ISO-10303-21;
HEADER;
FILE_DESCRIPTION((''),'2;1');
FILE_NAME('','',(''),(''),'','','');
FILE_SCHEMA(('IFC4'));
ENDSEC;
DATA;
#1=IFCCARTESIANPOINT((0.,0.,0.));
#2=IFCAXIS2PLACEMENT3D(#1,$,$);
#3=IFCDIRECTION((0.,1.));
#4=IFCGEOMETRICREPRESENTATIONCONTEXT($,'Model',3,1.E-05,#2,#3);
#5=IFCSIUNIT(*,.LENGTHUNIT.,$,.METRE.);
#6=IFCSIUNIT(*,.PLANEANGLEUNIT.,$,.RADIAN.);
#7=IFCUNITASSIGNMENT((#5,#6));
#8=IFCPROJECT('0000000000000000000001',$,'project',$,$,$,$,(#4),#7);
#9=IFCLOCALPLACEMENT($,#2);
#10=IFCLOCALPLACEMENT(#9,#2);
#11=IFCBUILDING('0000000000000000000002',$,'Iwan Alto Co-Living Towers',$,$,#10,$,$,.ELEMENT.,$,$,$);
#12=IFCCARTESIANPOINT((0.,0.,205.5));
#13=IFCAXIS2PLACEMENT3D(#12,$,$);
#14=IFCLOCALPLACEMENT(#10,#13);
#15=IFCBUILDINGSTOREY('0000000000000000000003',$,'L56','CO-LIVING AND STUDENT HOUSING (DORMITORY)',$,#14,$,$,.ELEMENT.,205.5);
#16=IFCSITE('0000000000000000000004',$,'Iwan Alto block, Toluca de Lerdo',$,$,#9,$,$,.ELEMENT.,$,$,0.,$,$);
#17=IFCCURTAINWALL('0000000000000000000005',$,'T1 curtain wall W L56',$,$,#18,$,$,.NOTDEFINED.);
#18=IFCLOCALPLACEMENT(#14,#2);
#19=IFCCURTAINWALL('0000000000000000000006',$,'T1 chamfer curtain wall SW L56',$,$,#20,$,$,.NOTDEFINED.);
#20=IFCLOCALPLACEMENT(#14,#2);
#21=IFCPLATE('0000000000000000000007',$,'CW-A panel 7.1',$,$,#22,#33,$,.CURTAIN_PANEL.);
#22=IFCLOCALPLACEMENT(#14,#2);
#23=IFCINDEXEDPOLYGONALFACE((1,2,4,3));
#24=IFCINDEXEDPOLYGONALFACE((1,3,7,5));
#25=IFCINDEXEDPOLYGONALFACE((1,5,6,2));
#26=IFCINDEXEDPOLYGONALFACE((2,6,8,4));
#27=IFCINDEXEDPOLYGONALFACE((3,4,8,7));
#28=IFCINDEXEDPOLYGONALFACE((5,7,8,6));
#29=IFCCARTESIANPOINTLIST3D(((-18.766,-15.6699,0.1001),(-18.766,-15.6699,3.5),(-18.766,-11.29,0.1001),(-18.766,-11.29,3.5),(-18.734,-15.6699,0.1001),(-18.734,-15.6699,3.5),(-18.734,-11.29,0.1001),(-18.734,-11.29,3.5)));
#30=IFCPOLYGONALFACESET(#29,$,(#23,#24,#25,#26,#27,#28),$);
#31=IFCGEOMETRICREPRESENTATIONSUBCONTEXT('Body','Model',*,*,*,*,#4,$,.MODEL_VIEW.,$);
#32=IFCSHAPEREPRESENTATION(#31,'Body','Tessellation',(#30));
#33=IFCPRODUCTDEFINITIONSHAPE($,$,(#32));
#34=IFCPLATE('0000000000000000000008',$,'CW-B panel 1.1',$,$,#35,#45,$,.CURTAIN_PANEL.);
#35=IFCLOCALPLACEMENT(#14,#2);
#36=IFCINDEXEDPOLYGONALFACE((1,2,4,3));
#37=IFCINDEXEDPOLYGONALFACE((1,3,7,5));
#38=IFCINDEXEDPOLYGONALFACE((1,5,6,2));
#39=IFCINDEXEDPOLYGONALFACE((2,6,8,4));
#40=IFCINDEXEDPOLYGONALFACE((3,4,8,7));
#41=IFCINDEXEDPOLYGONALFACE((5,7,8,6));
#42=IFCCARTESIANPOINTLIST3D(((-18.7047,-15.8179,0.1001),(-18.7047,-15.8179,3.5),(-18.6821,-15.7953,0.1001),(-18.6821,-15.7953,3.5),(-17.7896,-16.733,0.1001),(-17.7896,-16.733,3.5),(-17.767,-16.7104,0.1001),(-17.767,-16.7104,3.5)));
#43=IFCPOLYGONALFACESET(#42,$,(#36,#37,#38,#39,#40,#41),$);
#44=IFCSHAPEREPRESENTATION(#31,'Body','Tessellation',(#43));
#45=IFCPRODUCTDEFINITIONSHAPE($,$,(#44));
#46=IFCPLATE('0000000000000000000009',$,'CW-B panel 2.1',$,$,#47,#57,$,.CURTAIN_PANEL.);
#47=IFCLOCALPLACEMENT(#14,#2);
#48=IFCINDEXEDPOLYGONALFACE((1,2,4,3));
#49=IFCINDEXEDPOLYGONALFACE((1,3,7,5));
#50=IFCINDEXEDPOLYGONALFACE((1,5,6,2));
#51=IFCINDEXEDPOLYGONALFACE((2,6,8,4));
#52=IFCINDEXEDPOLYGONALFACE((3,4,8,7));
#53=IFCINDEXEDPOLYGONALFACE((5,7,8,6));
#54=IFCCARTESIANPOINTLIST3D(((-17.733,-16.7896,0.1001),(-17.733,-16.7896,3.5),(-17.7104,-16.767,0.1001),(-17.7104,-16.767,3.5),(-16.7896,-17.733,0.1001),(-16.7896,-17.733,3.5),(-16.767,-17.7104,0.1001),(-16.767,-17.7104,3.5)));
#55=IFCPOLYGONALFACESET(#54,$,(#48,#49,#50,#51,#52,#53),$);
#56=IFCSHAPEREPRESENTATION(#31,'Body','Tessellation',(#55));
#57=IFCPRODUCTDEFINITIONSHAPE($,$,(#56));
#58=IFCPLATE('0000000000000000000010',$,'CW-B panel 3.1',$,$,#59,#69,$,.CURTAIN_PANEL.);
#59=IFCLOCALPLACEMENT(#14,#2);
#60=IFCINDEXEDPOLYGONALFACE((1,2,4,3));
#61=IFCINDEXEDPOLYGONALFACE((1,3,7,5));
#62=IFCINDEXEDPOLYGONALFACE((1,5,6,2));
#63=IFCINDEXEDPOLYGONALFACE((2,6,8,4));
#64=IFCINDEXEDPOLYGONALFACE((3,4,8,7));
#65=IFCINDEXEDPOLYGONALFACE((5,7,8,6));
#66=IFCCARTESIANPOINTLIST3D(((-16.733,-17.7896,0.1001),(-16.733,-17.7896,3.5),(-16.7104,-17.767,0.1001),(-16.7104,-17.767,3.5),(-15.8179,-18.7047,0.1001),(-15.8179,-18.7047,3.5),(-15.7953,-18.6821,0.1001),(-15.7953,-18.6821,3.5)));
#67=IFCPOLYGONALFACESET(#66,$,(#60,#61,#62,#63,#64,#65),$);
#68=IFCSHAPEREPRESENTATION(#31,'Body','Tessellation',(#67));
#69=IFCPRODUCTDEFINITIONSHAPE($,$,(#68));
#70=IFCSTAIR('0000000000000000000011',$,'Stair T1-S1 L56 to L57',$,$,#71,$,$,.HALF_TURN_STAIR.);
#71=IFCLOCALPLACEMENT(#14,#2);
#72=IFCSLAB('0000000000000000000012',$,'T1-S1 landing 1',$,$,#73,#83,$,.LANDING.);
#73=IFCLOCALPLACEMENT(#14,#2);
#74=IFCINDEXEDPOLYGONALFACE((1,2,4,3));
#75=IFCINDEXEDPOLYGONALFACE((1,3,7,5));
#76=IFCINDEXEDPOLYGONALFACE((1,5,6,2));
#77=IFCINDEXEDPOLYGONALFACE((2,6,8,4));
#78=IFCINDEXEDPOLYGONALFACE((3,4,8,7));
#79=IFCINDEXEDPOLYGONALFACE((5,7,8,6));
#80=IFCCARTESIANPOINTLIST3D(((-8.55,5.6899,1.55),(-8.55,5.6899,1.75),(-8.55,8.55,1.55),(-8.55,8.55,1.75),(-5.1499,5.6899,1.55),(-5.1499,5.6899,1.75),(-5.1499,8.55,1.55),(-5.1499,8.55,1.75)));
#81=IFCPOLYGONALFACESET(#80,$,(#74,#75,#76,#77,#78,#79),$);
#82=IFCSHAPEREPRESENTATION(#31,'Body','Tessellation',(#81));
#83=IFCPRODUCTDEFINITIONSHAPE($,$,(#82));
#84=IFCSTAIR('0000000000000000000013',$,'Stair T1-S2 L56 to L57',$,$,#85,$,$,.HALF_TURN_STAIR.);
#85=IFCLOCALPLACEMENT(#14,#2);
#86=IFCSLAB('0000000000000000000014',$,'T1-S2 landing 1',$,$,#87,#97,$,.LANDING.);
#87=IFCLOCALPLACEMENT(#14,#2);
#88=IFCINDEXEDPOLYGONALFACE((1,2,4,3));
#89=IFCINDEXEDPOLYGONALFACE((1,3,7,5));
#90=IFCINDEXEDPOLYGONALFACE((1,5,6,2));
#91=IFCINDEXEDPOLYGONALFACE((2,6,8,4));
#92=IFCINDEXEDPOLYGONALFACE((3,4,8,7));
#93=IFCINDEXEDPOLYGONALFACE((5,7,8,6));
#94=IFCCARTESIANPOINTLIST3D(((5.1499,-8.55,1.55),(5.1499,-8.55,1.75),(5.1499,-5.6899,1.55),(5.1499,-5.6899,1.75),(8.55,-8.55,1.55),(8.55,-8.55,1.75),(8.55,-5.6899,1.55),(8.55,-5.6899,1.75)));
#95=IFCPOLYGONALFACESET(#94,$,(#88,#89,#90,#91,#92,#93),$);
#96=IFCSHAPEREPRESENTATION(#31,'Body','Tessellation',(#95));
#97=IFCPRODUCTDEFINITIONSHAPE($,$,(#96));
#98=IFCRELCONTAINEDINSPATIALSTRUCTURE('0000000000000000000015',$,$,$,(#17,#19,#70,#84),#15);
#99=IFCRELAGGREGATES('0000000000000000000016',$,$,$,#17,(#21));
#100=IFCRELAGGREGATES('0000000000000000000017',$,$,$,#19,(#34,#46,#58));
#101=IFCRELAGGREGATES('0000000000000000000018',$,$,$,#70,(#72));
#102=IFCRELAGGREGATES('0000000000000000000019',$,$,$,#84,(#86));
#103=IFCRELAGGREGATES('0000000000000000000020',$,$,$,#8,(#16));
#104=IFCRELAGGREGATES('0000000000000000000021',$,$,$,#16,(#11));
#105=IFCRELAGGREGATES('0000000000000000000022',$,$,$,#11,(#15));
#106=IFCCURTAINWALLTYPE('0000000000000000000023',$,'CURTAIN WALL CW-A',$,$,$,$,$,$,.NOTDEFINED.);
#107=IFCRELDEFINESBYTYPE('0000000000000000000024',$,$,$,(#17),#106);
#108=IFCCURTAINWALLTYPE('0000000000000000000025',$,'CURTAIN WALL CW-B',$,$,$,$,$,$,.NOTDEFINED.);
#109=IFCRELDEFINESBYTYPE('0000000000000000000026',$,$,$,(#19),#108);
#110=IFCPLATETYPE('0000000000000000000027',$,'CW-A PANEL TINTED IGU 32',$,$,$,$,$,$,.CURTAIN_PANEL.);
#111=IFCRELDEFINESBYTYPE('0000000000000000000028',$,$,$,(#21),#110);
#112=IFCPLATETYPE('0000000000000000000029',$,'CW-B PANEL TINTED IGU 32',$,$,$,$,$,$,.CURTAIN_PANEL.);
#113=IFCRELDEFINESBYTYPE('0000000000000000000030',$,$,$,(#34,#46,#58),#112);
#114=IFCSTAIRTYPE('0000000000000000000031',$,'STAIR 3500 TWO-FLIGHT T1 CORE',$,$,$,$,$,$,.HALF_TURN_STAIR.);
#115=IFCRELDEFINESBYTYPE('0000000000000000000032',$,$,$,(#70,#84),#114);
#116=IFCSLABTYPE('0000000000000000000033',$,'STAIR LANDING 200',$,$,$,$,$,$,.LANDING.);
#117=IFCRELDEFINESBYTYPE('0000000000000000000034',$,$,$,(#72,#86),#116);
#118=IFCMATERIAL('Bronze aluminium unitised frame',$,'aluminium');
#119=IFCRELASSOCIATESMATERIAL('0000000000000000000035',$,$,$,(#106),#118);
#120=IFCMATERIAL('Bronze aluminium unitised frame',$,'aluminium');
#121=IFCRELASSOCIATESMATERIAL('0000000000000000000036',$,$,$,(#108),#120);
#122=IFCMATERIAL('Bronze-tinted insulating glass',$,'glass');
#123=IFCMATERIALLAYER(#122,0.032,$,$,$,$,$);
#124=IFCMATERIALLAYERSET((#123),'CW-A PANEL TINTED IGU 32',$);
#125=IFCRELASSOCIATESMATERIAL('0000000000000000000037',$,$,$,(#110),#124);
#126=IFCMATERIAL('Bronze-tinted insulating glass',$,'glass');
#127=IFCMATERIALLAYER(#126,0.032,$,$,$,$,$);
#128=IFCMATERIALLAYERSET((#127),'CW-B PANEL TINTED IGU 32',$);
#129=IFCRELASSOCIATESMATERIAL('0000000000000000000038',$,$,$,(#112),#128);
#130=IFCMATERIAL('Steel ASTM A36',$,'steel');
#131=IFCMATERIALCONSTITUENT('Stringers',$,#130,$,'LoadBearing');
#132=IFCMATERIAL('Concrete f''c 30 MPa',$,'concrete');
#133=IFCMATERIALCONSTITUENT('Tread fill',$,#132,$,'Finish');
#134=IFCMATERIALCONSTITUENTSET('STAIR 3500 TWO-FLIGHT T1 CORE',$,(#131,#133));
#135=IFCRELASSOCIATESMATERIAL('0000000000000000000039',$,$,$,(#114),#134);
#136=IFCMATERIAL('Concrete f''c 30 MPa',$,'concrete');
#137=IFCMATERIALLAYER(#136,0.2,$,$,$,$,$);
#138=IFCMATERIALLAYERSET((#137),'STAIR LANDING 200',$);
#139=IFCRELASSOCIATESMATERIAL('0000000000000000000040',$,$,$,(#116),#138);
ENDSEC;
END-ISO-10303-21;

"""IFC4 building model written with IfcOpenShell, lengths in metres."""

from ifc_helpers import new_model, si_unit, direction, frame, origin, origin_2d, place, context, subcontext, project, spatial, polyline, rectangle, outline, extrude, material, layer, layer_set, constituent, constituent_set, type_object, element, aggregate, save


model = new_model("IFC4")

# Units and contexts
model_context = context("Model", 3, precision=1e-05, world=origin(), true_north=direction((0.0, 1.0)))
body_context = subcontext(model_context, "Body", "Model", "MODEL_VIEW")
ifc_project = project(units=[si_unit("LENGTHUNIT", "METRE"), si_unit("PLANEANGLEUNIT", "RADIAN")], contexts=[model_context])

# Site, building, storey
site_placement = place(None, origin())
site = spatial("IfcSite", under=ifc_project, at=site_placement, Name="Iwan Alto block, Toluca de Lerdo", CompositionType="ELEMENT", RefElevation=0.0)
building_placement = place(site_placement, origin())
building = spatial("IfcBuilding", under=site, at=building_placement, Name="Iwan Alto Co-Living Towers", CompositionType="ELEMENT")
storey_placement = place(building_placement, frame((0.0, 0.0, 205.5)))
storey = spatial("IfcBuildingStorey", under=building, at=storey_placement, Name="L56", Description="CO-LIVING AND STUDENT HOUSING (DORMITORY)", CompositionType="ELEMENT", Elevation=205.5)

# Curtain walls
ifc_material_1 = material(Name="Bronze aluminium unitised frame", Category="aluminium")
curtain_wall_type_1 = type_object("IfcCurtainWallType", Name="CURTAIN WALL CW-A", PredefinedType="NOTDEFINED", material=ifc_material_1)
curtain_wall_1_placement = place(storey_placement, origin())
curtain_wall_1 = element("IfcCurtainWall", 1, at=curtain_wall_1_placement, inside=storey, type_object=curtain_wall_type_1, Name="T1 curtain wall W L56", PredefinedType="NOTDEFINED")
ifc_material_2 = material(Name="Bronze aluminium unitised frame", Category="aluminium")
curtain_wall_type_2 = type_object("IfcCurtainWallType", Name="CURTAIN WALL CW-B", PredefinedType="NOTDEFINED", material=ifc_material_2)
curtain_wall_2_placement = place(storey_placement, origin())
curtain_wall_2 = element("IfcCurtainWall", 2, at=curtain_wall_2_placement, inside=storey, type_object=curtain_wall_type_2, Name="T1 chamfer curtain wall SW L56", PredefinedType="NOTDEFINED")

# Plates
ifc_material_3 = material(Name="Bronze-tinted insulating glass", Category="glass")
ifc_layer_1 = layer(ifc_material_3, 0.032)
ifc_layer_set_1 = layer_set([ifc_layer_1], Name="CW-A PANEL TINTED IGU 32")
plate_type_1 = type_object("IfcPlateType", Name="CW-A PANEL TINTED IGU 32", PredefinedType="CURTAIN_PANEL", material=ifc_layer_set_1)
plate_1_placement = place(storey_placement, frame((-18.75, -13.48, 0.1001), z_axis=(0.0, 0.0, 1.0), x_axis=(0.0, -1.0, 0.0)))
plate_1 = element("IfcPlate", 3, at=plate_1_placement, type_object=plate_type_1, Name="CW-A panel 7.1", PredefinedType="CURTAIN_PANEL", context=body_context, shape_type="SweptSolid", body=[
    extrude(rectangle(XDim=4.3799, YDim=0.032, at=origin_2d()), origin(), (0.0, 0.0, 1.0), 3.3999),
])
aggregate(curtain_wall_1, [plate_1])
ifc_material_4 = material(Name="Bronze-tinted insulating glass", Category="glass")
ifc_layer_2 = layer(ifc_material_4, 0.032)
ifc_layer_set_2 = layer_set([ifc_layer_2], Name="CW-B PANEL TINTED IGU 32")
plate_type_2 = type_object("IfcPlateType", Name="CW-B PANEL TINTED IGU 32", PredefinedType="CURTAIN_PANEL", material=ifc_layer_set_2)
plate_2_placement = place(storey_placement, frame((-18.2358, -16.2642, 0.1001), z_axis=(0.0, 0.0, 1.0), x_axis=(0.707107, -0.707107, 0.0)))
plate_2 = element("IfcPlate", 4, at=plate_2_placement, type_object=plate_type_2, Name="CW-B panel 1.1", PredefinedType="CURTAIN_PANEL", context=body_context, shape_type="SweptSolid", body=[
    extrude(rectangle(XDim=1.2942, YDim=0.032, at=origin_2d()), origin(), (0.0, 0.0, 1.0), 3.3999),
])
plate_3_placement = place(storey_placement, frame((-17.25, -17.25, 0.1001), z_axis=(0.0, 0.0, 1.0), x_axis=(0.707107, -0.707107, 0.0)))
plate_3 = element("IfcPlate", 5, at=plate_3_placement, type_object=plate_type_2, Name="CW-B panel 2.1", PredefinedType="CURTAIN_PANEL", context=body_context, shape_type="SweptSolid", body=[
    extrude(rectangle(XDim=1.3342, YDim=0.032, at=origin_2d()), origin(), (0.0, 0.0, 1.0), 3.3999),
])
plate_4_placement = place(storey_placement, frame((-16.2642, -18.2358, 0.1001), z_axis=(0.0, 0.0, 1.0), x_axis=(0.707107, -0.707107, 0.0)))
plate_4 = element("IfcPlate", 6, at=plate_4_placement, type_object=plate_type_2, Name="CW-B panel 3.1", PredefinedType="CURTAIN_PANEL", context=body_context, shape_type="SweptSolid", body=[
    extrude(rectangle(XDim=1.2942, YDim=0.032, at=origin_2d()), origin(), (0.0, 0.0, 1.0), 3.3999),
])
aggregate(curtain_wall_2, [plate_2, plate_3, plate_4])

# Stairs, slabs
ifc_material_5 = material(Name="Steel ASTM A36", Category="steel")
ifc_constituent_1 = constituent(ifc_material_5, Name="Stringers", Category="LoadBearing")
ifc_material_6 = material(Name="Concrete f'c 30 MPa", Category="concrete")
ifc_constituent_2 = constituent(ifc_material_6, Name="Tread fill", Category="Finish")
ifc_constituent_set = constituent_set(constituents=[ifc_constituent_1, ifc_constituent_2], Name="STAIR 3500 TWO-FLIGHT T1 CORE")
stair_type = type_object("IfcStairType", Name="STAIR 3500 TWO-FLIGHT T1 CORE", PredefinedType="HALF_TURN_STAIR", material=ifc_constituent_set)
stair_1_placement = place(storey_placement, origin())
stair_1 = element("IfcStair", 7, at=stair_1_placement, inside=storey, type_object=stair_type, Name="Stair T1-S1 L56 to L57", PredefinedType="HALF_TURN_STAIR")
ifc_material_7 = material(Name="Concrete f'c 30 MPa", Category="concrete")
ifc_layer_3 = layer(ifc_material_7, 0.2)
ifc_layer_set_3 = layer_set([ifc_layer_3], Name="STAIR LANDING 200")
slab_type = type_object("IfcSlabType", Name="STAIR LANDING 200", PredefinedType="LANDING", material=ifc_layer_set_3)
slab_1_placement = place(storey_placement, frame((0.0, 0.0, 1.55)))
slab_1 = element("IfcSlab", 8, at=slab_1_placement, type_object=slab_type, Name="T1-S1 landing 1", PredefinedType="LANDING", context=body_context, shape_type="SweptSolid", body=[
    extrude(outline(polyline([(-8.55, 5.6899), (-8.55, 8.55), (-5.1499, 8.55), (-5.1499, 5.6899), (-8.55, 5.6899)])), origin(), (0.0, 0.0, 1.0), 0.2),
])
aggregate(stair_1, [slab_1])
stair_2_placement = place(storey_placement, origin())
stair_2 = element("IfcStair", 9, at=stair_2_placement, inside=storey, type_object=stair_type, Name="Stair T1-S2 L56 to L57", PredefinedType="HALF_TURN_STAIR")
slab_2_placement = place(storey_placement, frame((0.0, 0.0, 1.55)))
slab_2 = element("IfcSlab", 10, at=slab_2_placement, type_object=slab_type, Name="T1-S2 landing 1", PredefinedType="LANDING", context=body_context, shape_type="SweptSolid", body=[
    extrude(outline(polyline([(5.1499, -5.6899), (5.1499, -8.55), (8.55, -8.55), (8.55, -5.6899), (5.1499, -5.6899)])), origin(), (0.0, 0.0, 1.0), 0.2),
])
aggregate(stair_2, [slab_2])

save(model, "model.ifc")
